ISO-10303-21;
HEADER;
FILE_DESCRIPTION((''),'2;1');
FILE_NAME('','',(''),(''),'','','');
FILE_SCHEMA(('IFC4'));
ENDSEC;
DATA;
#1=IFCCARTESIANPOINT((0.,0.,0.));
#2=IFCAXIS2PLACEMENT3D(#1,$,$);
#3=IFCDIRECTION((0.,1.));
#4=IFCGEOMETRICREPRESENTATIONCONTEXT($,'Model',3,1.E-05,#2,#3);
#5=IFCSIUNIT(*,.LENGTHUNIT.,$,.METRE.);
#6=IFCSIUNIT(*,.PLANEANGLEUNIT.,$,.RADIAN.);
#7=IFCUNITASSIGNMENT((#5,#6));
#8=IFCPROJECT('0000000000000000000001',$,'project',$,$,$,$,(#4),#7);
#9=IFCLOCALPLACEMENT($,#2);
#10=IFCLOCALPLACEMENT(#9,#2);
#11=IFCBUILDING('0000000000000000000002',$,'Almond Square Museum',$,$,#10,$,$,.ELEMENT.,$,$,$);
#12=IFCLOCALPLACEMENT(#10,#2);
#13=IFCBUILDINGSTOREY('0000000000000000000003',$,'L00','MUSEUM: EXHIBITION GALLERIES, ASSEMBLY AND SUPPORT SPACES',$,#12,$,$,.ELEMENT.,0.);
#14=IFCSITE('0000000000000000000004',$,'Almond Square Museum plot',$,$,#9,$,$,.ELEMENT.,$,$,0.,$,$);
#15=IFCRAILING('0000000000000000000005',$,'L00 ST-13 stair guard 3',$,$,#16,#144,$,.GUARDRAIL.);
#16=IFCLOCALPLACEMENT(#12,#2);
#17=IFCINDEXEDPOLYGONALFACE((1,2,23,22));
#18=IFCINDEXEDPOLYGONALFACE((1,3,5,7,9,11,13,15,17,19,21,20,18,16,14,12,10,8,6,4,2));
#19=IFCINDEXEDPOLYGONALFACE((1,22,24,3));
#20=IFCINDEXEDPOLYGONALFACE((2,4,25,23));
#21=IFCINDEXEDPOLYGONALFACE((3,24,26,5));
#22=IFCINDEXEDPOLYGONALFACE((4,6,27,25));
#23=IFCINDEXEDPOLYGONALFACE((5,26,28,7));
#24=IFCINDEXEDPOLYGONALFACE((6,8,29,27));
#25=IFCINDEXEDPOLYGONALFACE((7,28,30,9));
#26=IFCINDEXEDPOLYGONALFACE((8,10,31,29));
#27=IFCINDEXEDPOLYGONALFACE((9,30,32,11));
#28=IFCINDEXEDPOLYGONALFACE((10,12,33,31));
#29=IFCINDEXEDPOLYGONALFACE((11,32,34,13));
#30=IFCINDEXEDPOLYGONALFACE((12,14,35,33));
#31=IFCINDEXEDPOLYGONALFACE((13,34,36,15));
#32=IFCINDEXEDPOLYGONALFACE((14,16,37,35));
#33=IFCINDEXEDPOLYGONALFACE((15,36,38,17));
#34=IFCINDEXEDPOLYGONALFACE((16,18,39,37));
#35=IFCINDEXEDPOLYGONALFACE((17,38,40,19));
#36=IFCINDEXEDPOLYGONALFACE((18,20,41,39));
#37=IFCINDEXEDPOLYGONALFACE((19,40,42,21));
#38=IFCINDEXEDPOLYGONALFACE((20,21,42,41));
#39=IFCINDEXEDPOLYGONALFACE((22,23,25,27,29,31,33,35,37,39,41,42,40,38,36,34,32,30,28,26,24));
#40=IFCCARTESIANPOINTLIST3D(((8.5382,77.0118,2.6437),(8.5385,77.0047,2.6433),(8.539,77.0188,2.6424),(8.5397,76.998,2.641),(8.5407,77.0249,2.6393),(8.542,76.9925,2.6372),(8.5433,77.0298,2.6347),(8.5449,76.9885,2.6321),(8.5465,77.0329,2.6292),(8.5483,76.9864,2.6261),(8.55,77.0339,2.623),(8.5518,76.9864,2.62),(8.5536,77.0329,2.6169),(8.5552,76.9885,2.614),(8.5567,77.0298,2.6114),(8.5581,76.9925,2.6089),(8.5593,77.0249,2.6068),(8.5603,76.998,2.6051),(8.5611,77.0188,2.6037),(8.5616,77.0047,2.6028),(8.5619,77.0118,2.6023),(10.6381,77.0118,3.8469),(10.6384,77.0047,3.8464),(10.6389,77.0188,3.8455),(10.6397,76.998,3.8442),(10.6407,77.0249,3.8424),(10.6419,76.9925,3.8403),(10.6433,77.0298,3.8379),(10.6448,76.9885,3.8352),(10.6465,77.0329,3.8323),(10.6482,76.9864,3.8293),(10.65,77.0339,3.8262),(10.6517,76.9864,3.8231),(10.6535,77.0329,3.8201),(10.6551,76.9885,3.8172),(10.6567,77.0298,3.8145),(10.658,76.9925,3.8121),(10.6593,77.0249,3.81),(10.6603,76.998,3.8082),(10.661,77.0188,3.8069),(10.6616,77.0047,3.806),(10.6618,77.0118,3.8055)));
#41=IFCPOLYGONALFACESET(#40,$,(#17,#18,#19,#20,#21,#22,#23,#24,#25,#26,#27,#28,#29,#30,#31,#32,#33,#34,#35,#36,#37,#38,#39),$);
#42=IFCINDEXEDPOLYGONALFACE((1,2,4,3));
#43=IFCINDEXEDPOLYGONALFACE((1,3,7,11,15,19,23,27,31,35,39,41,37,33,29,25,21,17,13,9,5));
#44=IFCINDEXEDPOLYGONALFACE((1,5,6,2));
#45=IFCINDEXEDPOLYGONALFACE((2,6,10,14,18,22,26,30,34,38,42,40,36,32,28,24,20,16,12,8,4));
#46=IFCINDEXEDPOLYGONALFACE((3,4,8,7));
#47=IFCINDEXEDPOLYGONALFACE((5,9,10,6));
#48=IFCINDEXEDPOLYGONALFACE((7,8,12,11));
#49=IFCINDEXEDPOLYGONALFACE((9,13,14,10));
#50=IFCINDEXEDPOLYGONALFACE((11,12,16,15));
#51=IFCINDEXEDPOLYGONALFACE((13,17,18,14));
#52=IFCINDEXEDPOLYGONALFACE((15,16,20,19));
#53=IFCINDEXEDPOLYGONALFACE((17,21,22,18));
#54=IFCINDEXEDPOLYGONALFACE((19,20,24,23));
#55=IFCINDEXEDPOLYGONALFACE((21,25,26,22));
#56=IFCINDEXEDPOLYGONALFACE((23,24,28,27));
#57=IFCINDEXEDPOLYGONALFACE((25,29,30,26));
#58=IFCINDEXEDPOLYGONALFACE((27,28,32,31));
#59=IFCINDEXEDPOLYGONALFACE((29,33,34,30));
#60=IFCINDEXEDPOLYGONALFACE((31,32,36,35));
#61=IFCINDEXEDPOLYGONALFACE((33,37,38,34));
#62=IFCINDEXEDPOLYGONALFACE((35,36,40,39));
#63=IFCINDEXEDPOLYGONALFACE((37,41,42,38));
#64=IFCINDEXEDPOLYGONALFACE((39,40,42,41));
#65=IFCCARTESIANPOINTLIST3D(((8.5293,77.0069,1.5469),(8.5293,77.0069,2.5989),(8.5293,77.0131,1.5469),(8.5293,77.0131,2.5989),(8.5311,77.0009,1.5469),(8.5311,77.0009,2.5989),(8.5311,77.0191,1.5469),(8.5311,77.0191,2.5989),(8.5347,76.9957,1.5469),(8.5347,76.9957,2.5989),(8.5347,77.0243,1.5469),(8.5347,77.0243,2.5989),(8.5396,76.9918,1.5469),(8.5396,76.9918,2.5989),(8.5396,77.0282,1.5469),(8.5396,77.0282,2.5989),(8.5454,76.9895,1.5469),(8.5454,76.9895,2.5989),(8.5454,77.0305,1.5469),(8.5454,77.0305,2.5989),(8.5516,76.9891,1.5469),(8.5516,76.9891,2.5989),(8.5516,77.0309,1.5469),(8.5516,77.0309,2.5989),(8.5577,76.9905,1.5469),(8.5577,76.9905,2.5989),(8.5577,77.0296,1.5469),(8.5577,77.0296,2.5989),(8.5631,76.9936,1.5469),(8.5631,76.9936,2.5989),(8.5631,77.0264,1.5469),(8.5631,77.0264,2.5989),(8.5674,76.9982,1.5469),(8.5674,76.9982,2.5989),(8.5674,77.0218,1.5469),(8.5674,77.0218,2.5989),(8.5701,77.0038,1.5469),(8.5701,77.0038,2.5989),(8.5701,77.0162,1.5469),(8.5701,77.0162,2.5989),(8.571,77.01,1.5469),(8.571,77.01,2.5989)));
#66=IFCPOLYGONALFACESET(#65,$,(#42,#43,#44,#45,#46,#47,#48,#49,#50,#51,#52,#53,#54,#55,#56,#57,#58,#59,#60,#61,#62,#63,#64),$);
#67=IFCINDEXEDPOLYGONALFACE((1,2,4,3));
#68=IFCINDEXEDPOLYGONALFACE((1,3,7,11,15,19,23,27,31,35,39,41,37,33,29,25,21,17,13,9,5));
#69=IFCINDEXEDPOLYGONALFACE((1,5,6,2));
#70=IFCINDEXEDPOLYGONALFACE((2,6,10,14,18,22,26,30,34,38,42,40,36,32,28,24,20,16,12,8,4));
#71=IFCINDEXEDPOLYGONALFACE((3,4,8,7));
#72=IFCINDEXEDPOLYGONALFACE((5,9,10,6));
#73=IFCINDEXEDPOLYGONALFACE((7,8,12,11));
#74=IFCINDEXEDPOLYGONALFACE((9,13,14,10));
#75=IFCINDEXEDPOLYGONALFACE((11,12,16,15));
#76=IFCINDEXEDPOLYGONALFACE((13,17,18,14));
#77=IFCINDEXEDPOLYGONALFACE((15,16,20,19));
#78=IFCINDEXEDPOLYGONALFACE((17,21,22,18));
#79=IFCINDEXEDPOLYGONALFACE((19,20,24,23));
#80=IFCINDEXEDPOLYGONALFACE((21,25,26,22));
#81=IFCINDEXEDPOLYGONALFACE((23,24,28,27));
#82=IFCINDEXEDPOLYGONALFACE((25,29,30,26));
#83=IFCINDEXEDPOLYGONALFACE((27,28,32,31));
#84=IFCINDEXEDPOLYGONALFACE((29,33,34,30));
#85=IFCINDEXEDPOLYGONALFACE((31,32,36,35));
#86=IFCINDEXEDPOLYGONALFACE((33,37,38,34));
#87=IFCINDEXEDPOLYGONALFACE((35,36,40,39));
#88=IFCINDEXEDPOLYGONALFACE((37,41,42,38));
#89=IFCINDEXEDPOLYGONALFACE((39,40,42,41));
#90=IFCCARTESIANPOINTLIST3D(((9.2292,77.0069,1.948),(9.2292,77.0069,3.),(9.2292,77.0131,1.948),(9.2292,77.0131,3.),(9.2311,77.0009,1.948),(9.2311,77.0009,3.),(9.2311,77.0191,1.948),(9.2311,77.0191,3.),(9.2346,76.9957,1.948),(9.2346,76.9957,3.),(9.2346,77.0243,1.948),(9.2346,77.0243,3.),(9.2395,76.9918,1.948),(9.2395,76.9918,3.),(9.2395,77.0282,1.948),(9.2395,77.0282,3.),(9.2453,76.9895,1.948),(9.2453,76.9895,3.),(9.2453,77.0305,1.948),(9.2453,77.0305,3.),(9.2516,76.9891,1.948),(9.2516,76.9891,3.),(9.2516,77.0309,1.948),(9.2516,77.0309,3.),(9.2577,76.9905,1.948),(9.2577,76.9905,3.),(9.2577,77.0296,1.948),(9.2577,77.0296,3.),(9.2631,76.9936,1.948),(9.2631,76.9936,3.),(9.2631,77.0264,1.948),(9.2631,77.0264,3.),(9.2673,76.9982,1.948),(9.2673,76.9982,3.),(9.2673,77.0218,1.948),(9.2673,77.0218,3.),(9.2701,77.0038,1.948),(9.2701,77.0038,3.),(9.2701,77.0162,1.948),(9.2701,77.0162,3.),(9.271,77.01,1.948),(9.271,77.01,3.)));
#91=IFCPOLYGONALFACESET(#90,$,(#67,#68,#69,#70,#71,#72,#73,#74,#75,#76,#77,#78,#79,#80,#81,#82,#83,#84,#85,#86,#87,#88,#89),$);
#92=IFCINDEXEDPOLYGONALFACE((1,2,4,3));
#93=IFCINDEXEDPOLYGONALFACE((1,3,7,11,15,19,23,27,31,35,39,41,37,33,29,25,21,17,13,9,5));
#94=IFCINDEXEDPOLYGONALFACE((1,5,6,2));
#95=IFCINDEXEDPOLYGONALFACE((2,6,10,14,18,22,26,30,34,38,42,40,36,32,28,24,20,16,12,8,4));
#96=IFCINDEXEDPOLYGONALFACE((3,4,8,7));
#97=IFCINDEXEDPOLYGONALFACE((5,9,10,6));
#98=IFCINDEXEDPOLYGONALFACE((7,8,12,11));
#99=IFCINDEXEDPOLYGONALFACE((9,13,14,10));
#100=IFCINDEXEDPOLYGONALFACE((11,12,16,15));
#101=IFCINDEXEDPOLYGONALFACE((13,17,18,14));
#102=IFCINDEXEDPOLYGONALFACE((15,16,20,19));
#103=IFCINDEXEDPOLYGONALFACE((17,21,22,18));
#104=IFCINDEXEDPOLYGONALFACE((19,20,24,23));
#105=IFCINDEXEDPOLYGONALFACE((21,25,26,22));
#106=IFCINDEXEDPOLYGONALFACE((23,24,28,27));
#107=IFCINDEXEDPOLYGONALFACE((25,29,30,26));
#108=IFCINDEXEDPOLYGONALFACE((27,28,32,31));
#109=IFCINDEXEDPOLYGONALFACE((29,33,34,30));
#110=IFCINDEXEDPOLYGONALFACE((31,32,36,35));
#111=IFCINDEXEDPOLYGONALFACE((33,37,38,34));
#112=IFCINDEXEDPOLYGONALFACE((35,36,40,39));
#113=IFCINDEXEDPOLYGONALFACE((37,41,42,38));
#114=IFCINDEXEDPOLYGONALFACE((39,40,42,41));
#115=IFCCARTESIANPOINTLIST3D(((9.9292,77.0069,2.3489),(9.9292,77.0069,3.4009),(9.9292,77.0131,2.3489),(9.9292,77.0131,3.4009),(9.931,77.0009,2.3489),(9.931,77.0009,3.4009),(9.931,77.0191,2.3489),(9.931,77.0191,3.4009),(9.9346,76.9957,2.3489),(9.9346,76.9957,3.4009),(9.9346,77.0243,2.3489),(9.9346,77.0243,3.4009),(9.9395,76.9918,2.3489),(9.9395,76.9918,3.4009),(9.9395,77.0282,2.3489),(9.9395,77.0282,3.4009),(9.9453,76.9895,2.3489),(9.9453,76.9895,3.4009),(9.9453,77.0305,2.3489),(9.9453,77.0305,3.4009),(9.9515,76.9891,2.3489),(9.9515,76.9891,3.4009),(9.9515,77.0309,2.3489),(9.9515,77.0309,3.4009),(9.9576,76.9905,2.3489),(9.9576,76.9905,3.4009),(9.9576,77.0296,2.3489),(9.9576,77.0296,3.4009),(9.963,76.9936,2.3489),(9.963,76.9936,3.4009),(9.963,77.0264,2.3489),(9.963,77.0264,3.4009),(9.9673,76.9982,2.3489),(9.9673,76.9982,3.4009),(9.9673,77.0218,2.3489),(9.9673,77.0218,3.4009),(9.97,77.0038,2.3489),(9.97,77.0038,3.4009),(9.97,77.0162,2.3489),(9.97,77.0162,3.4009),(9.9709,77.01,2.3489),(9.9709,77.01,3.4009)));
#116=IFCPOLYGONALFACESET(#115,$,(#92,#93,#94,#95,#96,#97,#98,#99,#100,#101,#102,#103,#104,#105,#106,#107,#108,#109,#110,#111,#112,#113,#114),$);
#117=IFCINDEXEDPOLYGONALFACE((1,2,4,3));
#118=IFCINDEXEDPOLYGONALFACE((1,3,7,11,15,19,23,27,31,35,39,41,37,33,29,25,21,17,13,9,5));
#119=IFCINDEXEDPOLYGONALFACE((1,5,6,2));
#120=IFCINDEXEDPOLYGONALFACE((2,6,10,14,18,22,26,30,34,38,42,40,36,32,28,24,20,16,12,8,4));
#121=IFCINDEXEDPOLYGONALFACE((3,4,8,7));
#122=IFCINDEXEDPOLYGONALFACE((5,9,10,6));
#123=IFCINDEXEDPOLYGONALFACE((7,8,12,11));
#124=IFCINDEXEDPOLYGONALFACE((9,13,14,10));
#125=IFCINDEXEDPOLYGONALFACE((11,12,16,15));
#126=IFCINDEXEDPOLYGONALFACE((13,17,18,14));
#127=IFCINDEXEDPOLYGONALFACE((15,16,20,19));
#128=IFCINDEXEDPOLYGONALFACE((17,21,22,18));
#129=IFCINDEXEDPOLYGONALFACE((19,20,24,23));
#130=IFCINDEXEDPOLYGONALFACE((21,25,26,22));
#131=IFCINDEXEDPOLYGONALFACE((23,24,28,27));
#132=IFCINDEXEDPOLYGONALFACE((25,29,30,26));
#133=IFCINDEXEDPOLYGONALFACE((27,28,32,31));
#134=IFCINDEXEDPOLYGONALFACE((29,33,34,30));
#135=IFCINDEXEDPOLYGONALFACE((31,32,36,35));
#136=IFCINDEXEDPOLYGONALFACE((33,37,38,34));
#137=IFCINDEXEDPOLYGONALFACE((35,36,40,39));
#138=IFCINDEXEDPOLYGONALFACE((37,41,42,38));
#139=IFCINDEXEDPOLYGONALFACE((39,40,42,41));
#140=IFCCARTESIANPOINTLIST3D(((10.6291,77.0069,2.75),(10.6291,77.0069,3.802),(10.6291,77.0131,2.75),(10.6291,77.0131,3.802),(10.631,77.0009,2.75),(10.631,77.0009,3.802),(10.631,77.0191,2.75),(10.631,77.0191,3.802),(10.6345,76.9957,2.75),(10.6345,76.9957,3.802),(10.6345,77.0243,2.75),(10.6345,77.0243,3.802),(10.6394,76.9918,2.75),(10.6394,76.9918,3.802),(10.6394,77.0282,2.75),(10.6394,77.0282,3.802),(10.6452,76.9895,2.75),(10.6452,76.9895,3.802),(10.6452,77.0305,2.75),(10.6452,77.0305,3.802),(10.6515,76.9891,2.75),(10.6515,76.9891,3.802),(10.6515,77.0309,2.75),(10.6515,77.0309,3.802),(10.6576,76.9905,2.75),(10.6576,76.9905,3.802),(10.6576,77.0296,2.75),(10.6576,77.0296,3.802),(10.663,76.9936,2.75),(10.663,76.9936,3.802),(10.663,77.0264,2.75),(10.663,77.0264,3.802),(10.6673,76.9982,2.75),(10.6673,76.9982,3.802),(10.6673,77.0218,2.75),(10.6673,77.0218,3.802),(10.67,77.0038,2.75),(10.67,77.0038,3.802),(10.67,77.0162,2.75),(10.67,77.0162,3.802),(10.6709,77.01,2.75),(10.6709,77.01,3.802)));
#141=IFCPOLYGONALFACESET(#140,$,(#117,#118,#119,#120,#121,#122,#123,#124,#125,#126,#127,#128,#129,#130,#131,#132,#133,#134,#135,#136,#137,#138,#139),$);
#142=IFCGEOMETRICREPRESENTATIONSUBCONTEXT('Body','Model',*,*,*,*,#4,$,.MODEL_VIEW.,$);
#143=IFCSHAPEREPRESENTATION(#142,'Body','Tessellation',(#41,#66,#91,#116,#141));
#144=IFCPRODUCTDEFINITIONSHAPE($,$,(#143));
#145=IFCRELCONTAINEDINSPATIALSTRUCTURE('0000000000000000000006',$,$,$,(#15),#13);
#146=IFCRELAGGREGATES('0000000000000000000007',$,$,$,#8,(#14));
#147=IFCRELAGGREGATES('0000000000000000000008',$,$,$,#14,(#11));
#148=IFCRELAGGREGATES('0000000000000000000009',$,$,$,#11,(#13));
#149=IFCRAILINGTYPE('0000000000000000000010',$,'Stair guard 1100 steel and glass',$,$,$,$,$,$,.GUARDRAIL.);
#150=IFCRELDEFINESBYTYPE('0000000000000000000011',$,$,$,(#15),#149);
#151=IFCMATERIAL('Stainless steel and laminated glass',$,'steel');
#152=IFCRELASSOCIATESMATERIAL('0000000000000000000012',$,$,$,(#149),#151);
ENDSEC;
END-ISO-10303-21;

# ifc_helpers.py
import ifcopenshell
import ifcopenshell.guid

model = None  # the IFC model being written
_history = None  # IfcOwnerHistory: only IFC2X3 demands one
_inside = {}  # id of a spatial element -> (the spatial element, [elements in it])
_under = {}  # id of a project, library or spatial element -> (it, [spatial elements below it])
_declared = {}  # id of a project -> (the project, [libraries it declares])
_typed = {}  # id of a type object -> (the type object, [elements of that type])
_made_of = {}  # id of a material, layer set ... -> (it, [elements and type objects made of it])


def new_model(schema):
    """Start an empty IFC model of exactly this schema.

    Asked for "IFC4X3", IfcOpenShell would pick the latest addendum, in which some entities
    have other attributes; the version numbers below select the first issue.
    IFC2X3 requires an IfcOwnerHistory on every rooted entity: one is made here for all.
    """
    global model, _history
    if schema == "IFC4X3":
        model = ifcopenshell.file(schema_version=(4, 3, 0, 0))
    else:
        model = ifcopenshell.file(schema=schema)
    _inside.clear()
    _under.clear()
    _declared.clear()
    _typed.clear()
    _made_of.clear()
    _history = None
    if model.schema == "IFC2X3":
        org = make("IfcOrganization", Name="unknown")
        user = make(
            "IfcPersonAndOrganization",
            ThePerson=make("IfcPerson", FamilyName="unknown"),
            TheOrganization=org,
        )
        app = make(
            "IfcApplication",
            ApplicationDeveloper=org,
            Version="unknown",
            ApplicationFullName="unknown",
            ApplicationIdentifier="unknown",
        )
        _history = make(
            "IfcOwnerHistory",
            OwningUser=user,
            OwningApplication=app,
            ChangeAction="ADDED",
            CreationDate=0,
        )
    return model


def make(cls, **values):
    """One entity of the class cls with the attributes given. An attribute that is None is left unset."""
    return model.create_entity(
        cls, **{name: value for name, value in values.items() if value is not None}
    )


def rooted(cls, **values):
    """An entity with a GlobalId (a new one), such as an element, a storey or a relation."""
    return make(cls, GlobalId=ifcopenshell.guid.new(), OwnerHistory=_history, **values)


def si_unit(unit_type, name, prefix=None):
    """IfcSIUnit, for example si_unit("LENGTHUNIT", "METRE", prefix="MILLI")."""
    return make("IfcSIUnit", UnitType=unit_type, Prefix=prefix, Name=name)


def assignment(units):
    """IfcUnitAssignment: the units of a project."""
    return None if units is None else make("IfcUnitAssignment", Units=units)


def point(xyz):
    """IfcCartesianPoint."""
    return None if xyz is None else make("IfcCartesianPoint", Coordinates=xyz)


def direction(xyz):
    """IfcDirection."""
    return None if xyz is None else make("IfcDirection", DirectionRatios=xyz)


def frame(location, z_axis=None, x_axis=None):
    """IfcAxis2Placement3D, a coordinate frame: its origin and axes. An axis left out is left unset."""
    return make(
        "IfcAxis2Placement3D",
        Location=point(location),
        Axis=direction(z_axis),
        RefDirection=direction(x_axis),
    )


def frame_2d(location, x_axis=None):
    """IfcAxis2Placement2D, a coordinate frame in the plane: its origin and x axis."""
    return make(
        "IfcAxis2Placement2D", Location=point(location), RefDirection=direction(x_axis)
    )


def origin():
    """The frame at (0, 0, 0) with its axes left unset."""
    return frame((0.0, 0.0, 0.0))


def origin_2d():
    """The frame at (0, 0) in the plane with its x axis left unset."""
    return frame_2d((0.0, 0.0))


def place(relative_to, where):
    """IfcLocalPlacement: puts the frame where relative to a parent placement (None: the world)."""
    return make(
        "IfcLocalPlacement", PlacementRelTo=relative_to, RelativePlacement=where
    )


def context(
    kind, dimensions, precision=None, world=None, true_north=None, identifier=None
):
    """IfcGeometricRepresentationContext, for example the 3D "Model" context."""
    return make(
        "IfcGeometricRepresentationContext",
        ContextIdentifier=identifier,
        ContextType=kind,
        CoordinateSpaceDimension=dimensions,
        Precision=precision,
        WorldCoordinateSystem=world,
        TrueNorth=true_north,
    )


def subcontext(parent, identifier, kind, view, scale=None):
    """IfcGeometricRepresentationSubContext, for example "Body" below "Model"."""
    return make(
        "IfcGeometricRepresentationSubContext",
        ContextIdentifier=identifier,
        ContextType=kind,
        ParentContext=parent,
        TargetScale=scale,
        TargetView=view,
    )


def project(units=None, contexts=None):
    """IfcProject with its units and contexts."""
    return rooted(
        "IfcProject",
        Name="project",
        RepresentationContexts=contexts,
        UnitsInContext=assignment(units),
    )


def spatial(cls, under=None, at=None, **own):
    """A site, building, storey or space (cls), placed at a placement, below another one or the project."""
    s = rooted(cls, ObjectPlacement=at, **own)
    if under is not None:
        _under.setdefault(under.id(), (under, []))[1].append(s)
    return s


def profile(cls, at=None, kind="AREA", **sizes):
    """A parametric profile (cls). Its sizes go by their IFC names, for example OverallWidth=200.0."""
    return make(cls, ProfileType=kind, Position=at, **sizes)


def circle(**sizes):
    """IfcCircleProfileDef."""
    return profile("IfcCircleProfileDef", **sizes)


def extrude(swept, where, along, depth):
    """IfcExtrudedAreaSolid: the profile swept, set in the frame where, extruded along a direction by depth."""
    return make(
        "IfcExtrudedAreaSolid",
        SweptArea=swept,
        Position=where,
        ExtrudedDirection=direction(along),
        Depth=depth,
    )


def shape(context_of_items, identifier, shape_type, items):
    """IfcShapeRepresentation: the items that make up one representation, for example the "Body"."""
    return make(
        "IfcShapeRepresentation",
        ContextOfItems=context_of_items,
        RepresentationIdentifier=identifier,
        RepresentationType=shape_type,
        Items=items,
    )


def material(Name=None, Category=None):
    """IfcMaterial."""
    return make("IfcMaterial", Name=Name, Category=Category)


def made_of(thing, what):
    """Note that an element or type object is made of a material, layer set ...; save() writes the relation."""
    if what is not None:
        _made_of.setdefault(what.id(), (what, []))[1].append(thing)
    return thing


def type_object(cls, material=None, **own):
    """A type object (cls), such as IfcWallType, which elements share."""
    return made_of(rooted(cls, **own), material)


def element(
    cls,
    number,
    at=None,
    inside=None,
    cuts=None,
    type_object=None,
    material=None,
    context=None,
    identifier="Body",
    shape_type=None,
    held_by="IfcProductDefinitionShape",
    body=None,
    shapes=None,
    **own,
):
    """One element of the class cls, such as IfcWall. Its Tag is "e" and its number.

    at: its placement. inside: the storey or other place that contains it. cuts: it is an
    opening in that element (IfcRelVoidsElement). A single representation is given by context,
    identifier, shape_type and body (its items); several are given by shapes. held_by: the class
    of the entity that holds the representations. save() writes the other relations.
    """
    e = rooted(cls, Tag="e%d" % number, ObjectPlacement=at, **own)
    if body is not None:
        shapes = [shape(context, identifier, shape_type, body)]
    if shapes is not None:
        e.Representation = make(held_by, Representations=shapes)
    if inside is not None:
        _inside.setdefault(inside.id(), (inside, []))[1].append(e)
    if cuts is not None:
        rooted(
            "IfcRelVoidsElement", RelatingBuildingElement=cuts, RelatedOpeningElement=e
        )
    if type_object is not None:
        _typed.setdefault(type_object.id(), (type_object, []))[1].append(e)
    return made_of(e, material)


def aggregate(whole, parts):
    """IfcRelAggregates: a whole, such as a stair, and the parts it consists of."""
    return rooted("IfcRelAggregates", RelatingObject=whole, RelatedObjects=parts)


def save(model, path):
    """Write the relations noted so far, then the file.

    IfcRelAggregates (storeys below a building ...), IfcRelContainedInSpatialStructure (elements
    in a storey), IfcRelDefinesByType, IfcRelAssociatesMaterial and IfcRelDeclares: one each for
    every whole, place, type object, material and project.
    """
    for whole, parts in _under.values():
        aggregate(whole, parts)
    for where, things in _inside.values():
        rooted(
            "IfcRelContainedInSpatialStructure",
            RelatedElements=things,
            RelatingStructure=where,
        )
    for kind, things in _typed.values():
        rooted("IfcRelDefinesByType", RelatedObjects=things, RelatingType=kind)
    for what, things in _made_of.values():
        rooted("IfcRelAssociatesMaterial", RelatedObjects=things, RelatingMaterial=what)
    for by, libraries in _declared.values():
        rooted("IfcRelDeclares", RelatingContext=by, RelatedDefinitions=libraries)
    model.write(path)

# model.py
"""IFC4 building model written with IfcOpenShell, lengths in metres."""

from ifc_helpers import new_model, si_unit, direction, frame, origin, origin_2d, place, context, subcontext, project, spatial, circle, extrude, material, type_object, element, save


model = new_model("IFC4")

# Units and contexts
model_context = context("Model", 3, precision=1e-05, world=origin(), true_north=direction((0.0, 1.0)))
body_context = subcontext(model_context, "Body", "Model", "MODEL_VIEW")
ifc_project = project(units=[si_unit("LENGTHUNIT", "METRE"), si_unit("PLANEANGLEUNIT", "RADIAN")], contexts=[model_context])

# Site, building, storey
site_placement = place(None, origin())
site = spatial("IfcSite", under=ifc_project, at=site_placement, Name="Almond Square Museum plot", CompositionType="ELEMENT", RefElevation=0.0)
building_placement = place(site_placement, origin())
building = spatial("IfcBuilding", under=site, at=building_placement, Name="Almond Square Museum", CompositionType="ELEMENT")
storey_placement = place(building_placement, origin())
storey = spatial("IfcBuildingStorey", under=building, at=storey_placement, Name="L00", Description="MUSEUM: EXHIBITION GALLERIES, ASSEMBLY AND SUPPORT SPACES", CompositionType="ELEMENT", Elevation=0.0)

# Railing
ifc_material_1 = material(Name="Stainless steel and laminated glass", Category="steel")
railing_type_1 = type_object("IfcRailingType", Name="Stair guard 1100 steel and glass", PredefinedType="GUARDRAIL", material=ifc_material_1)
railing_1_placement = place(storey_placement, frame((8.55, 77.01, 1.5469)))
element("IfcRailing", 1, at=railing_1_placement, inside=storey, type_object=railing_type_1, Name="L00 ST-13 stair guard 3", PredefinedType="GUARDRAIL", context=body_context, shape_type="SweptSolid", body=[
    extrude(circle(Radius=0.0239, at=origin_2d()), frame((0.0, 0.0, 1.0762), z_axis=(0.867671, 0.0, 0.497138), x_axis=(0.0, 1.0, 0.0)), (0.0, 0.0, 1.0), 2.4202),
    extrude(circle(Radius=0.021, at=origin_2d()), origin(), (0.0, 0.0, 1.0), 1.052),
    extrude(circle(Radius=0.021, at=origin_2d()), frame((0.7, 0.0, 0.4011)), (0.0, 0.0, 1.0), 1.052),
    extrude(circle(Radius=0.021, at=origin_2d()), frame((1.3999, 0.0, 0.802)), (0.0, 0.0, 1.0), 1.052),
    extrude(circle(Radius=0.021, at=origin_2d()), frame((2.0999, 0.0, 1.2031)), (0.0, 0.0, 1.0), 1.052),
])

save(model, "model.ifc")
